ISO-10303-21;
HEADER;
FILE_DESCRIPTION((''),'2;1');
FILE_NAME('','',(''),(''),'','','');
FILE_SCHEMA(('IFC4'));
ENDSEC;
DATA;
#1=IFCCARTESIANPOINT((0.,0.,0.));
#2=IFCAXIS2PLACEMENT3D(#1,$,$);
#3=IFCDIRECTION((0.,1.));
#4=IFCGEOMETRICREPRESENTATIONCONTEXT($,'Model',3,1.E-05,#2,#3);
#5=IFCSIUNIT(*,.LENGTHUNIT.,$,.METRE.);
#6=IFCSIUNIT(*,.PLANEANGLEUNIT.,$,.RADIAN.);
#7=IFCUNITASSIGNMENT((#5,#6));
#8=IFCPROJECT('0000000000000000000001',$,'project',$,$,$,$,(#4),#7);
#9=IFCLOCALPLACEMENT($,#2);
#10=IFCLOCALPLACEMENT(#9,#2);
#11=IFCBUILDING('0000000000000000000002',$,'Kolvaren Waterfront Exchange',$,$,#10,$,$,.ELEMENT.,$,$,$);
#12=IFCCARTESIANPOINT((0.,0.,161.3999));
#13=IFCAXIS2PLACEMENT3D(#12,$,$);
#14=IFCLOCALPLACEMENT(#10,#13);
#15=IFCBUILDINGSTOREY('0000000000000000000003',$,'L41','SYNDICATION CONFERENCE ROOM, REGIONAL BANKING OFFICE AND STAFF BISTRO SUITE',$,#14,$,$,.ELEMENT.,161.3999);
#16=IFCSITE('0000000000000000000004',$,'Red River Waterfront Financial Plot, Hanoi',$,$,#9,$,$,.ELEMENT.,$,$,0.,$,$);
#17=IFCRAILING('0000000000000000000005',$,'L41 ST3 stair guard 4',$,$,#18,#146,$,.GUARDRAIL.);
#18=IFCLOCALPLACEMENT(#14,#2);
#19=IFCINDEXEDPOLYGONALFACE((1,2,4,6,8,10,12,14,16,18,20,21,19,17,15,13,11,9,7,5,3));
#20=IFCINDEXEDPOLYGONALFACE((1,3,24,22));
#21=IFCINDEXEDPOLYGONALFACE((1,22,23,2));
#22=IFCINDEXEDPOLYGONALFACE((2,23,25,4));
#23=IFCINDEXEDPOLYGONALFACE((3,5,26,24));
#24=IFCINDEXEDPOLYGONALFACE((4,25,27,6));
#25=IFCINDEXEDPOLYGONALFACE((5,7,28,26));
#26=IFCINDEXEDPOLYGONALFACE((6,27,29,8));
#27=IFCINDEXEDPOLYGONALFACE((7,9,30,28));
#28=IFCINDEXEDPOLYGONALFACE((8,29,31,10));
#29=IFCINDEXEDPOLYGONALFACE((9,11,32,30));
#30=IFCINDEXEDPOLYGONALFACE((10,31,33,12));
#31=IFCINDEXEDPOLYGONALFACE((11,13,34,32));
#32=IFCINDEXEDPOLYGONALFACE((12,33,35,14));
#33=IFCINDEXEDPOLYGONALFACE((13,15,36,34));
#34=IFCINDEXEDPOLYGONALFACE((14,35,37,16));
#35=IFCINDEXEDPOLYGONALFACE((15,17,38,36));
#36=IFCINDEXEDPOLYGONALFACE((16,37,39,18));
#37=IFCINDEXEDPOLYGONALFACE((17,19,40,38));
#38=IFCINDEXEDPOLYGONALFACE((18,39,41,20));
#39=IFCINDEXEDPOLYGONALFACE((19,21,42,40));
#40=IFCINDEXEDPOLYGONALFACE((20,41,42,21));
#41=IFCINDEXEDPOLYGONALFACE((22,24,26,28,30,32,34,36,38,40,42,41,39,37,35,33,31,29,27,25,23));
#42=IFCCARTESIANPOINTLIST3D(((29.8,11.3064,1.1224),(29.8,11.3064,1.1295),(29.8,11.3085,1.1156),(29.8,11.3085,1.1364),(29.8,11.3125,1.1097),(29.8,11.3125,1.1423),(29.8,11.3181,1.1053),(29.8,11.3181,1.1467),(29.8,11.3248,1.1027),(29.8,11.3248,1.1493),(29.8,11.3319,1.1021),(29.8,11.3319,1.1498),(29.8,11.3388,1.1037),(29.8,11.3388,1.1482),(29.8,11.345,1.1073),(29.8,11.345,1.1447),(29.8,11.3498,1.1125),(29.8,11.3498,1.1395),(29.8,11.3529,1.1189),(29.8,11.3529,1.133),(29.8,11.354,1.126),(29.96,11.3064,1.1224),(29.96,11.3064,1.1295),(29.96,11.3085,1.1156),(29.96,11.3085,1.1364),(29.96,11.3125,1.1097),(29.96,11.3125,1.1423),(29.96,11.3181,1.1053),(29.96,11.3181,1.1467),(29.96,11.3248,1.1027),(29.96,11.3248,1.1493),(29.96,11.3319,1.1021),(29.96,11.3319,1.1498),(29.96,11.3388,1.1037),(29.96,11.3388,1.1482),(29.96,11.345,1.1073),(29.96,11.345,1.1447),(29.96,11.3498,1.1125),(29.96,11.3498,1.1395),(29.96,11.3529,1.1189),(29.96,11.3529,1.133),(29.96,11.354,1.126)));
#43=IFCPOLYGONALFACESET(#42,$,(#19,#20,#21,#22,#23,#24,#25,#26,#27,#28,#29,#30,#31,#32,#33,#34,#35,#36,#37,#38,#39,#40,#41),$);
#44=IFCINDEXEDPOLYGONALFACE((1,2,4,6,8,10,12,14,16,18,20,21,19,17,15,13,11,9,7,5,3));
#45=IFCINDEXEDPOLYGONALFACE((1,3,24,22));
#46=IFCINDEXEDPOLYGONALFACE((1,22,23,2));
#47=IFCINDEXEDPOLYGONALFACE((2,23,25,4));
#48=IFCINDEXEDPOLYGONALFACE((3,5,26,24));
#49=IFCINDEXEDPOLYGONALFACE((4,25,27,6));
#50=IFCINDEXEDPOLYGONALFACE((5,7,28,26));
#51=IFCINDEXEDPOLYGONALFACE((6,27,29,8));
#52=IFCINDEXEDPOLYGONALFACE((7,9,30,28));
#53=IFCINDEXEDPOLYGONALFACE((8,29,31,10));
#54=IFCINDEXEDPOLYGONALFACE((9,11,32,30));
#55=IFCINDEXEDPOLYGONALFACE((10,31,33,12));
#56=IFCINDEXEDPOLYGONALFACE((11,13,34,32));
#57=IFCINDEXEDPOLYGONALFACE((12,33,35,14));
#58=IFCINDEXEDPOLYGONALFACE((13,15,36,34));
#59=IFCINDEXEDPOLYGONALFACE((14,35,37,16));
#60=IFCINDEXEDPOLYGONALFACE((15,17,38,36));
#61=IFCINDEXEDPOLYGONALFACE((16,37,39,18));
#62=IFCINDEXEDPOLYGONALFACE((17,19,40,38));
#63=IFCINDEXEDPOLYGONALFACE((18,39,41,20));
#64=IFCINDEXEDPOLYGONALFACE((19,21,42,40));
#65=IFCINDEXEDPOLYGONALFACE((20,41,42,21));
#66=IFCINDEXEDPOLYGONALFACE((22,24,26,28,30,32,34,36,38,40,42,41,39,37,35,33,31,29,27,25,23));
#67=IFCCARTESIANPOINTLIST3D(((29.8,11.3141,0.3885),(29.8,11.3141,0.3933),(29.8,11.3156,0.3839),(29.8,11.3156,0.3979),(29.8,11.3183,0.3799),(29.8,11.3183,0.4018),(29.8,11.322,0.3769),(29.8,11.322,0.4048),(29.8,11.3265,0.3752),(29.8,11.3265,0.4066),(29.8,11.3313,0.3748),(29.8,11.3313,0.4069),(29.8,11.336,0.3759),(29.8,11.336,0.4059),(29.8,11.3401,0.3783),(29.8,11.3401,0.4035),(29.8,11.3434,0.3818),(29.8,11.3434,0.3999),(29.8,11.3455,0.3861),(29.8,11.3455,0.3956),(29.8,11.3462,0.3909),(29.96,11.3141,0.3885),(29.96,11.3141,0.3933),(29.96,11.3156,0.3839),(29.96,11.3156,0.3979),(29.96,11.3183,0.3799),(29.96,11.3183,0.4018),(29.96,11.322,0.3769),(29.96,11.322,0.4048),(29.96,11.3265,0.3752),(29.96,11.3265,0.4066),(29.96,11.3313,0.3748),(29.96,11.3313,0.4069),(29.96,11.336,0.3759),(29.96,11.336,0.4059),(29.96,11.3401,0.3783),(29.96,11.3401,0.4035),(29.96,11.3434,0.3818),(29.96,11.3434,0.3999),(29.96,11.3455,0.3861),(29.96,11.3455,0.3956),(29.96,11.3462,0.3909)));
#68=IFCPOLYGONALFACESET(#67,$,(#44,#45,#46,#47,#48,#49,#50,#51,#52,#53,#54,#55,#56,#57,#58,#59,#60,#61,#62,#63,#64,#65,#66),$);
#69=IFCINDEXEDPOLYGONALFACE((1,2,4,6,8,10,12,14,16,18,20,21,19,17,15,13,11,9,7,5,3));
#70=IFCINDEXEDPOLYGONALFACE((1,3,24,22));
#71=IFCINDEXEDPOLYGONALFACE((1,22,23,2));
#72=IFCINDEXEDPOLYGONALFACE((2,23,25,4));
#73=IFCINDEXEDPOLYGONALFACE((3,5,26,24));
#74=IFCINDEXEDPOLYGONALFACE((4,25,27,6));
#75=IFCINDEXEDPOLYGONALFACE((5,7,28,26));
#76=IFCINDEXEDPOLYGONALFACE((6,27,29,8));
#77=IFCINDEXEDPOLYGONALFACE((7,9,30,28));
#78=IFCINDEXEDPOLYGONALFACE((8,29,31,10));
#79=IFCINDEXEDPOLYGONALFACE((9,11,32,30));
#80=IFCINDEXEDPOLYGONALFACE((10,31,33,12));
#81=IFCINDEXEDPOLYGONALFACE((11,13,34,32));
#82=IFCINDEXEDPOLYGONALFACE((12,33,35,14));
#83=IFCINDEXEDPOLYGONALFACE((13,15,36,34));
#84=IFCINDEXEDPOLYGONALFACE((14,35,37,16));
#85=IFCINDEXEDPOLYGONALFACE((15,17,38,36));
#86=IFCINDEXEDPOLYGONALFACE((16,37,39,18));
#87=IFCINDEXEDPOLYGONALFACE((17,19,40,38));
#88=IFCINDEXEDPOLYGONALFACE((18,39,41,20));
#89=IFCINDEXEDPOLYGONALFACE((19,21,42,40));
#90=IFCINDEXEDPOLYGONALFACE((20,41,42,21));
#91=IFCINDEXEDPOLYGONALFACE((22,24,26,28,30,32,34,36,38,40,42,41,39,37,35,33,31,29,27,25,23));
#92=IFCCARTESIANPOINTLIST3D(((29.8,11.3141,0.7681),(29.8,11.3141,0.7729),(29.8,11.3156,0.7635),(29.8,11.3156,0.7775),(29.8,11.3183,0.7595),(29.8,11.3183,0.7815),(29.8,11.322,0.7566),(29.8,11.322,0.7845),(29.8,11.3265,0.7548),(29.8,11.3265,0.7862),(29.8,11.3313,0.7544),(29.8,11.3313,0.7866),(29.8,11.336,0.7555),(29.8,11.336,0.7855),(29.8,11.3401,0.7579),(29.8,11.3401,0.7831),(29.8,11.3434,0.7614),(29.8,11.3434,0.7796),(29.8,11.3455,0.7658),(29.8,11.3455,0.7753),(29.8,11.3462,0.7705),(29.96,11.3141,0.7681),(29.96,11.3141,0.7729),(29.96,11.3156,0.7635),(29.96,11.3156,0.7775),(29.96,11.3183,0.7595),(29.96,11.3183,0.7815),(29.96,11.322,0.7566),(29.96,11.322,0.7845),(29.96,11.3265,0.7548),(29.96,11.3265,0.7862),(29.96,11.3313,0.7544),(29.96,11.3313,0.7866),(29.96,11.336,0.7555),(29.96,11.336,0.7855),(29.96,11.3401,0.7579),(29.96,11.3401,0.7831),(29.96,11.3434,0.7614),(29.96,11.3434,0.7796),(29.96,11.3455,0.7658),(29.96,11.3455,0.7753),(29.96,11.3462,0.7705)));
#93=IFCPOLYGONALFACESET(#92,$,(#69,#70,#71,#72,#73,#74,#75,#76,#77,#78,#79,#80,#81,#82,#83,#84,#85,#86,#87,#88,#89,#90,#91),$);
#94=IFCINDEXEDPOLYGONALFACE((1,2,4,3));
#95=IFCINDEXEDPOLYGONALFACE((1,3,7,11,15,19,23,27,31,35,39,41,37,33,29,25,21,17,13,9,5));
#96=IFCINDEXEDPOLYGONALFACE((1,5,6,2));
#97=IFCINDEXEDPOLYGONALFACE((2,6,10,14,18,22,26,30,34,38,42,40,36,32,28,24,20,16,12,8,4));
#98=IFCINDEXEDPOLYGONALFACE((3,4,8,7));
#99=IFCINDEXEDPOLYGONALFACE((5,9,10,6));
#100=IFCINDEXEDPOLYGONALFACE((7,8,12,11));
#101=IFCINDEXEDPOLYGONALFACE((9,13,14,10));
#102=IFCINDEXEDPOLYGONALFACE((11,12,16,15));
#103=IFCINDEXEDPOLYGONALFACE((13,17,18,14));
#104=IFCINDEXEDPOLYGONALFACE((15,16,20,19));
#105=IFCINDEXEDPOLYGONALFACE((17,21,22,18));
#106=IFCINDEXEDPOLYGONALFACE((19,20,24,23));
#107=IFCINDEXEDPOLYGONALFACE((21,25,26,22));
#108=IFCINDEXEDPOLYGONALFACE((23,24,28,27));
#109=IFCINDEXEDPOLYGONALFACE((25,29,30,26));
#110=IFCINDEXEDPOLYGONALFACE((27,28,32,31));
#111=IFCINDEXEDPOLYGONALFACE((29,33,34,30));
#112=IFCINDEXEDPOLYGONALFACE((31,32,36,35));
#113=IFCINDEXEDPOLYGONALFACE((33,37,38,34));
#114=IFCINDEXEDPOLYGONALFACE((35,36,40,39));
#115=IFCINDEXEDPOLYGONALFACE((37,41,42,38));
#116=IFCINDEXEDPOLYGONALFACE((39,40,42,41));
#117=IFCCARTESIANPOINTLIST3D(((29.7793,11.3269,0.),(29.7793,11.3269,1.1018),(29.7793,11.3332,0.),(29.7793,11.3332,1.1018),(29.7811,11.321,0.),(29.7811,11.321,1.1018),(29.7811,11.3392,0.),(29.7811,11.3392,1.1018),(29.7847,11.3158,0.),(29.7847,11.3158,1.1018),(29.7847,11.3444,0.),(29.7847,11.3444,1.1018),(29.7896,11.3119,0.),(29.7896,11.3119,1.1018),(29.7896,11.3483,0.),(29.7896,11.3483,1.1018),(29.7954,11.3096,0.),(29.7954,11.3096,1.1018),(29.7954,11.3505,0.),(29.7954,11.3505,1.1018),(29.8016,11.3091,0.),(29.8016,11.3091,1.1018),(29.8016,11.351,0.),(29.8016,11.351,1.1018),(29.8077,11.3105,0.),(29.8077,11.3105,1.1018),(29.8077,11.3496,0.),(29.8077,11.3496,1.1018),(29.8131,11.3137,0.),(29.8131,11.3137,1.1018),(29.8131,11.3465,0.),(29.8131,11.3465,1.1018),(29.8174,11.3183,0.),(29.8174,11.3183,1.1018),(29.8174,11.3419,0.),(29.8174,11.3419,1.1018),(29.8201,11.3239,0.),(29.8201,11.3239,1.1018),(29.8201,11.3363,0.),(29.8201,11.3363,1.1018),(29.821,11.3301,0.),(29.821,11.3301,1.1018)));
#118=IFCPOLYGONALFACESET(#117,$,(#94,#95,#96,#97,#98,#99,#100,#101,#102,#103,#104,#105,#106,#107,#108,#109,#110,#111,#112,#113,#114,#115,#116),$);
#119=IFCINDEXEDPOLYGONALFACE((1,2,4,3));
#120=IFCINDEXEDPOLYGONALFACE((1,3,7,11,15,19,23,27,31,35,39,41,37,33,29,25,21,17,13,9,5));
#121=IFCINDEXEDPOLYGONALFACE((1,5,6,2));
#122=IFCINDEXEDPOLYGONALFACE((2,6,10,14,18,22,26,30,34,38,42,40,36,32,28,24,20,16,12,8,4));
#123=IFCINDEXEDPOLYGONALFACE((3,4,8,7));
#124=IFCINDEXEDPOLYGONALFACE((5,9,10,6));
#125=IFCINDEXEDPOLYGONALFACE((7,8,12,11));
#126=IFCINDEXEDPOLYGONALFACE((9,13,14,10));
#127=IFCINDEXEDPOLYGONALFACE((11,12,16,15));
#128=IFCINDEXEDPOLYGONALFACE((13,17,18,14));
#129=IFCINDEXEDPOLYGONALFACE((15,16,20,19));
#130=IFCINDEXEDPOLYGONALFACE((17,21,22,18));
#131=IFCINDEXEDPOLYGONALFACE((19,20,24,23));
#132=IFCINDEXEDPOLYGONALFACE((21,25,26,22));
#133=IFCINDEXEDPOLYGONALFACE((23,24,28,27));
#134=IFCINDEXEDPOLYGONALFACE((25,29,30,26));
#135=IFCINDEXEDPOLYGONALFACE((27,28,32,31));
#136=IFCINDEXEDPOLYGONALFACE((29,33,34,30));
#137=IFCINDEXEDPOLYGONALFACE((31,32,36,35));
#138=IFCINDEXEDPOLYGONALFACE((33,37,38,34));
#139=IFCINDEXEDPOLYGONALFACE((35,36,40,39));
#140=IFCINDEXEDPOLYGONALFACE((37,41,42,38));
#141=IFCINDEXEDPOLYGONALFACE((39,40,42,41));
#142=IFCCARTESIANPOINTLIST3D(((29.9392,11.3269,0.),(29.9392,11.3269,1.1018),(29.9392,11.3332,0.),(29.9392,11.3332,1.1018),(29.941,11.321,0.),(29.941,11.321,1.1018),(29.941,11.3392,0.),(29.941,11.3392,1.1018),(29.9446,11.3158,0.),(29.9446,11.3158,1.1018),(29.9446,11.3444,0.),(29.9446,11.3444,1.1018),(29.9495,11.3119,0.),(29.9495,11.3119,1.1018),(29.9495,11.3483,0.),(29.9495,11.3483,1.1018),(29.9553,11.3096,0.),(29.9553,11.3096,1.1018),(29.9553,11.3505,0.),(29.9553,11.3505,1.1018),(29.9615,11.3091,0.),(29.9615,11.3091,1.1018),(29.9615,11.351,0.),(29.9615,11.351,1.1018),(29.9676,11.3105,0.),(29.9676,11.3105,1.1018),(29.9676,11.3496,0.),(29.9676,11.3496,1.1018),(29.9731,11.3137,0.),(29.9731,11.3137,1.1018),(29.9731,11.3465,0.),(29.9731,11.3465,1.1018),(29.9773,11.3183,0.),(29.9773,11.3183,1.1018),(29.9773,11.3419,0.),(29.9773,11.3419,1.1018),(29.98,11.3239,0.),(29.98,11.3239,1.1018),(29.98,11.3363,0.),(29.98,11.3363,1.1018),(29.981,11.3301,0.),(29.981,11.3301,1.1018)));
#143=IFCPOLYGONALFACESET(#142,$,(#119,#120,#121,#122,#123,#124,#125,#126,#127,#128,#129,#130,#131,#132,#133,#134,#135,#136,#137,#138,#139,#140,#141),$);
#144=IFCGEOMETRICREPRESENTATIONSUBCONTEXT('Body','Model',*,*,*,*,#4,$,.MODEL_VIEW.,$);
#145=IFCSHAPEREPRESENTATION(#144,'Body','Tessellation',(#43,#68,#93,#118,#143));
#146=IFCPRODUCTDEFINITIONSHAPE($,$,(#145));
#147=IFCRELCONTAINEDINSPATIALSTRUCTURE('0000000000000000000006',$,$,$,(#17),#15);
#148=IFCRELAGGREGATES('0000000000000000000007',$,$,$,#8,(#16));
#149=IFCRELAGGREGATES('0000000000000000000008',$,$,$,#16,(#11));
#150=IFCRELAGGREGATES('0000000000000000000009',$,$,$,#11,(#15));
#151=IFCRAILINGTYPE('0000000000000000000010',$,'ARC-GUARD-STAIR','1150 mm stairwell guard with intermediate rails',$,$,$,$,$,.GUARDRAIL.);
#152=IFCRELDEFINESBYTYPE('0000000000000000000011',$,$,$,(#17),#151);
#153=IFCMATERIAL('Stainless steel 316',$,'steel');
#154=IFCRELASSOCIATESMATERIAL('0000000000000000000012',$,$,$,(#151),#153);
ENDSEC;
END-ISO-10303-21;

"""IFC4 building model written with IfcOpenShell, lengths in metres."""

from ifc_helpers import new_model, si_unit, direction, frame, origin, origin_2d, place, context, subcontext, project, spatial, circle, extrude, material, type_object, element, save


model = new_model("IFC4")

# Units and contexts
model_context = context("Model", 3, precision=1e-05, world=origin(), true_north=direction((0.0, 1.0)))
body_context = subcontext(model_context, "Body", "Model", "MODEL_VIEW")
ifc_project = project(units=[si_unit("LENGTHUNIT", "METRE"), si_unit("PLANEANGLEUNIT", "RADIAN")], contexts=[model_context])

# Site, building, storey
site_placement = place(None, origin())
site = spatial("IfcSite", under=ifc_project, at=site_placement, Name="Red River Waterfront Financial Plot, Hanoi", CompositionType="ELEMENT", RefElevation=0.0)
building_placement = place(site_placement, origin())
building = spatial("IfcBuilding", under=site, at=building_placement, Name="Kolvaren Waterfront Exchange", CompositionType="ELEMENT")
storey_placement = place(building_placement, frame((0.0, 0.0, 161.3999)))
storey = spatial("IfcBuildingStorey", under=building, at=storey_placement, Name="L41", Description="SYNDICATION CONFERENCE ROOM, REGIONAL BANKING OFFICE AND STAFF BISTRO SUITE", CompositionType="ELEMENT", Elevation=161.3999)

# Railing
ifc_material_1 = material(Name="Stainless steel 316", Category="steel")
railing_type = type_object("IfcRailingType", Name="ARC-GUARD-STAIR", Description="1150 mm stairwell guard with intermediate rails", PredefinedType="GUARDRAIL", material=ifc_material_1)
railing_1_placement = place(storey_placement, frame((29.8, 11.3301, 0.0)))
element("IfcRailing", 1, at=railing_1_placement, inside=storey, type_object=railing_type, Name="L41 ST3 stair guard 4", PredefinedType="GUARDRAIL", context=body_context, shape_type="SweptSolid", body=[
    extrude(circle(Radius=0.0239, at=origin_2d()), frame((0.0, 0.0, 1.126), z_axis=(1.0, 0.0, 0.0), x_axis=(0.0, 1.0, 0.0)), (0.0, 0.0, 1.0), 0.1599),
    extrude(circle(Radius=0.0161, at=origin_2d()), frame((0.0, 0.0, 0.3909), z_axis=(1.0, 0.0, 0.0), x_axis=(0.0, 1.0, 0.0)), (0.0, 0.0, 1.0), 0.1599),
    extrude(circle(Radius=0.0161, at=origin_2d()), frame((0.0, 0.0, 0.7705), z_axis=(1.0, 0.0, 0.0), x_axis=(0.0, 1.0, 0.0)), (0.0, 0.0, 1.0), 0.1599),
    extrude(circle(Radius=0.021, at=origin_2d()), origin(), (0.0, 0.0, 1.0), 1.1018),
    extrude(circle(Radius=0.021, at=origin_2d()), frame((0.1599, 0.0, 0.0)), (0.0, 0.0, 1.0), 1.1018),
])

save(model, "model.ifc")
